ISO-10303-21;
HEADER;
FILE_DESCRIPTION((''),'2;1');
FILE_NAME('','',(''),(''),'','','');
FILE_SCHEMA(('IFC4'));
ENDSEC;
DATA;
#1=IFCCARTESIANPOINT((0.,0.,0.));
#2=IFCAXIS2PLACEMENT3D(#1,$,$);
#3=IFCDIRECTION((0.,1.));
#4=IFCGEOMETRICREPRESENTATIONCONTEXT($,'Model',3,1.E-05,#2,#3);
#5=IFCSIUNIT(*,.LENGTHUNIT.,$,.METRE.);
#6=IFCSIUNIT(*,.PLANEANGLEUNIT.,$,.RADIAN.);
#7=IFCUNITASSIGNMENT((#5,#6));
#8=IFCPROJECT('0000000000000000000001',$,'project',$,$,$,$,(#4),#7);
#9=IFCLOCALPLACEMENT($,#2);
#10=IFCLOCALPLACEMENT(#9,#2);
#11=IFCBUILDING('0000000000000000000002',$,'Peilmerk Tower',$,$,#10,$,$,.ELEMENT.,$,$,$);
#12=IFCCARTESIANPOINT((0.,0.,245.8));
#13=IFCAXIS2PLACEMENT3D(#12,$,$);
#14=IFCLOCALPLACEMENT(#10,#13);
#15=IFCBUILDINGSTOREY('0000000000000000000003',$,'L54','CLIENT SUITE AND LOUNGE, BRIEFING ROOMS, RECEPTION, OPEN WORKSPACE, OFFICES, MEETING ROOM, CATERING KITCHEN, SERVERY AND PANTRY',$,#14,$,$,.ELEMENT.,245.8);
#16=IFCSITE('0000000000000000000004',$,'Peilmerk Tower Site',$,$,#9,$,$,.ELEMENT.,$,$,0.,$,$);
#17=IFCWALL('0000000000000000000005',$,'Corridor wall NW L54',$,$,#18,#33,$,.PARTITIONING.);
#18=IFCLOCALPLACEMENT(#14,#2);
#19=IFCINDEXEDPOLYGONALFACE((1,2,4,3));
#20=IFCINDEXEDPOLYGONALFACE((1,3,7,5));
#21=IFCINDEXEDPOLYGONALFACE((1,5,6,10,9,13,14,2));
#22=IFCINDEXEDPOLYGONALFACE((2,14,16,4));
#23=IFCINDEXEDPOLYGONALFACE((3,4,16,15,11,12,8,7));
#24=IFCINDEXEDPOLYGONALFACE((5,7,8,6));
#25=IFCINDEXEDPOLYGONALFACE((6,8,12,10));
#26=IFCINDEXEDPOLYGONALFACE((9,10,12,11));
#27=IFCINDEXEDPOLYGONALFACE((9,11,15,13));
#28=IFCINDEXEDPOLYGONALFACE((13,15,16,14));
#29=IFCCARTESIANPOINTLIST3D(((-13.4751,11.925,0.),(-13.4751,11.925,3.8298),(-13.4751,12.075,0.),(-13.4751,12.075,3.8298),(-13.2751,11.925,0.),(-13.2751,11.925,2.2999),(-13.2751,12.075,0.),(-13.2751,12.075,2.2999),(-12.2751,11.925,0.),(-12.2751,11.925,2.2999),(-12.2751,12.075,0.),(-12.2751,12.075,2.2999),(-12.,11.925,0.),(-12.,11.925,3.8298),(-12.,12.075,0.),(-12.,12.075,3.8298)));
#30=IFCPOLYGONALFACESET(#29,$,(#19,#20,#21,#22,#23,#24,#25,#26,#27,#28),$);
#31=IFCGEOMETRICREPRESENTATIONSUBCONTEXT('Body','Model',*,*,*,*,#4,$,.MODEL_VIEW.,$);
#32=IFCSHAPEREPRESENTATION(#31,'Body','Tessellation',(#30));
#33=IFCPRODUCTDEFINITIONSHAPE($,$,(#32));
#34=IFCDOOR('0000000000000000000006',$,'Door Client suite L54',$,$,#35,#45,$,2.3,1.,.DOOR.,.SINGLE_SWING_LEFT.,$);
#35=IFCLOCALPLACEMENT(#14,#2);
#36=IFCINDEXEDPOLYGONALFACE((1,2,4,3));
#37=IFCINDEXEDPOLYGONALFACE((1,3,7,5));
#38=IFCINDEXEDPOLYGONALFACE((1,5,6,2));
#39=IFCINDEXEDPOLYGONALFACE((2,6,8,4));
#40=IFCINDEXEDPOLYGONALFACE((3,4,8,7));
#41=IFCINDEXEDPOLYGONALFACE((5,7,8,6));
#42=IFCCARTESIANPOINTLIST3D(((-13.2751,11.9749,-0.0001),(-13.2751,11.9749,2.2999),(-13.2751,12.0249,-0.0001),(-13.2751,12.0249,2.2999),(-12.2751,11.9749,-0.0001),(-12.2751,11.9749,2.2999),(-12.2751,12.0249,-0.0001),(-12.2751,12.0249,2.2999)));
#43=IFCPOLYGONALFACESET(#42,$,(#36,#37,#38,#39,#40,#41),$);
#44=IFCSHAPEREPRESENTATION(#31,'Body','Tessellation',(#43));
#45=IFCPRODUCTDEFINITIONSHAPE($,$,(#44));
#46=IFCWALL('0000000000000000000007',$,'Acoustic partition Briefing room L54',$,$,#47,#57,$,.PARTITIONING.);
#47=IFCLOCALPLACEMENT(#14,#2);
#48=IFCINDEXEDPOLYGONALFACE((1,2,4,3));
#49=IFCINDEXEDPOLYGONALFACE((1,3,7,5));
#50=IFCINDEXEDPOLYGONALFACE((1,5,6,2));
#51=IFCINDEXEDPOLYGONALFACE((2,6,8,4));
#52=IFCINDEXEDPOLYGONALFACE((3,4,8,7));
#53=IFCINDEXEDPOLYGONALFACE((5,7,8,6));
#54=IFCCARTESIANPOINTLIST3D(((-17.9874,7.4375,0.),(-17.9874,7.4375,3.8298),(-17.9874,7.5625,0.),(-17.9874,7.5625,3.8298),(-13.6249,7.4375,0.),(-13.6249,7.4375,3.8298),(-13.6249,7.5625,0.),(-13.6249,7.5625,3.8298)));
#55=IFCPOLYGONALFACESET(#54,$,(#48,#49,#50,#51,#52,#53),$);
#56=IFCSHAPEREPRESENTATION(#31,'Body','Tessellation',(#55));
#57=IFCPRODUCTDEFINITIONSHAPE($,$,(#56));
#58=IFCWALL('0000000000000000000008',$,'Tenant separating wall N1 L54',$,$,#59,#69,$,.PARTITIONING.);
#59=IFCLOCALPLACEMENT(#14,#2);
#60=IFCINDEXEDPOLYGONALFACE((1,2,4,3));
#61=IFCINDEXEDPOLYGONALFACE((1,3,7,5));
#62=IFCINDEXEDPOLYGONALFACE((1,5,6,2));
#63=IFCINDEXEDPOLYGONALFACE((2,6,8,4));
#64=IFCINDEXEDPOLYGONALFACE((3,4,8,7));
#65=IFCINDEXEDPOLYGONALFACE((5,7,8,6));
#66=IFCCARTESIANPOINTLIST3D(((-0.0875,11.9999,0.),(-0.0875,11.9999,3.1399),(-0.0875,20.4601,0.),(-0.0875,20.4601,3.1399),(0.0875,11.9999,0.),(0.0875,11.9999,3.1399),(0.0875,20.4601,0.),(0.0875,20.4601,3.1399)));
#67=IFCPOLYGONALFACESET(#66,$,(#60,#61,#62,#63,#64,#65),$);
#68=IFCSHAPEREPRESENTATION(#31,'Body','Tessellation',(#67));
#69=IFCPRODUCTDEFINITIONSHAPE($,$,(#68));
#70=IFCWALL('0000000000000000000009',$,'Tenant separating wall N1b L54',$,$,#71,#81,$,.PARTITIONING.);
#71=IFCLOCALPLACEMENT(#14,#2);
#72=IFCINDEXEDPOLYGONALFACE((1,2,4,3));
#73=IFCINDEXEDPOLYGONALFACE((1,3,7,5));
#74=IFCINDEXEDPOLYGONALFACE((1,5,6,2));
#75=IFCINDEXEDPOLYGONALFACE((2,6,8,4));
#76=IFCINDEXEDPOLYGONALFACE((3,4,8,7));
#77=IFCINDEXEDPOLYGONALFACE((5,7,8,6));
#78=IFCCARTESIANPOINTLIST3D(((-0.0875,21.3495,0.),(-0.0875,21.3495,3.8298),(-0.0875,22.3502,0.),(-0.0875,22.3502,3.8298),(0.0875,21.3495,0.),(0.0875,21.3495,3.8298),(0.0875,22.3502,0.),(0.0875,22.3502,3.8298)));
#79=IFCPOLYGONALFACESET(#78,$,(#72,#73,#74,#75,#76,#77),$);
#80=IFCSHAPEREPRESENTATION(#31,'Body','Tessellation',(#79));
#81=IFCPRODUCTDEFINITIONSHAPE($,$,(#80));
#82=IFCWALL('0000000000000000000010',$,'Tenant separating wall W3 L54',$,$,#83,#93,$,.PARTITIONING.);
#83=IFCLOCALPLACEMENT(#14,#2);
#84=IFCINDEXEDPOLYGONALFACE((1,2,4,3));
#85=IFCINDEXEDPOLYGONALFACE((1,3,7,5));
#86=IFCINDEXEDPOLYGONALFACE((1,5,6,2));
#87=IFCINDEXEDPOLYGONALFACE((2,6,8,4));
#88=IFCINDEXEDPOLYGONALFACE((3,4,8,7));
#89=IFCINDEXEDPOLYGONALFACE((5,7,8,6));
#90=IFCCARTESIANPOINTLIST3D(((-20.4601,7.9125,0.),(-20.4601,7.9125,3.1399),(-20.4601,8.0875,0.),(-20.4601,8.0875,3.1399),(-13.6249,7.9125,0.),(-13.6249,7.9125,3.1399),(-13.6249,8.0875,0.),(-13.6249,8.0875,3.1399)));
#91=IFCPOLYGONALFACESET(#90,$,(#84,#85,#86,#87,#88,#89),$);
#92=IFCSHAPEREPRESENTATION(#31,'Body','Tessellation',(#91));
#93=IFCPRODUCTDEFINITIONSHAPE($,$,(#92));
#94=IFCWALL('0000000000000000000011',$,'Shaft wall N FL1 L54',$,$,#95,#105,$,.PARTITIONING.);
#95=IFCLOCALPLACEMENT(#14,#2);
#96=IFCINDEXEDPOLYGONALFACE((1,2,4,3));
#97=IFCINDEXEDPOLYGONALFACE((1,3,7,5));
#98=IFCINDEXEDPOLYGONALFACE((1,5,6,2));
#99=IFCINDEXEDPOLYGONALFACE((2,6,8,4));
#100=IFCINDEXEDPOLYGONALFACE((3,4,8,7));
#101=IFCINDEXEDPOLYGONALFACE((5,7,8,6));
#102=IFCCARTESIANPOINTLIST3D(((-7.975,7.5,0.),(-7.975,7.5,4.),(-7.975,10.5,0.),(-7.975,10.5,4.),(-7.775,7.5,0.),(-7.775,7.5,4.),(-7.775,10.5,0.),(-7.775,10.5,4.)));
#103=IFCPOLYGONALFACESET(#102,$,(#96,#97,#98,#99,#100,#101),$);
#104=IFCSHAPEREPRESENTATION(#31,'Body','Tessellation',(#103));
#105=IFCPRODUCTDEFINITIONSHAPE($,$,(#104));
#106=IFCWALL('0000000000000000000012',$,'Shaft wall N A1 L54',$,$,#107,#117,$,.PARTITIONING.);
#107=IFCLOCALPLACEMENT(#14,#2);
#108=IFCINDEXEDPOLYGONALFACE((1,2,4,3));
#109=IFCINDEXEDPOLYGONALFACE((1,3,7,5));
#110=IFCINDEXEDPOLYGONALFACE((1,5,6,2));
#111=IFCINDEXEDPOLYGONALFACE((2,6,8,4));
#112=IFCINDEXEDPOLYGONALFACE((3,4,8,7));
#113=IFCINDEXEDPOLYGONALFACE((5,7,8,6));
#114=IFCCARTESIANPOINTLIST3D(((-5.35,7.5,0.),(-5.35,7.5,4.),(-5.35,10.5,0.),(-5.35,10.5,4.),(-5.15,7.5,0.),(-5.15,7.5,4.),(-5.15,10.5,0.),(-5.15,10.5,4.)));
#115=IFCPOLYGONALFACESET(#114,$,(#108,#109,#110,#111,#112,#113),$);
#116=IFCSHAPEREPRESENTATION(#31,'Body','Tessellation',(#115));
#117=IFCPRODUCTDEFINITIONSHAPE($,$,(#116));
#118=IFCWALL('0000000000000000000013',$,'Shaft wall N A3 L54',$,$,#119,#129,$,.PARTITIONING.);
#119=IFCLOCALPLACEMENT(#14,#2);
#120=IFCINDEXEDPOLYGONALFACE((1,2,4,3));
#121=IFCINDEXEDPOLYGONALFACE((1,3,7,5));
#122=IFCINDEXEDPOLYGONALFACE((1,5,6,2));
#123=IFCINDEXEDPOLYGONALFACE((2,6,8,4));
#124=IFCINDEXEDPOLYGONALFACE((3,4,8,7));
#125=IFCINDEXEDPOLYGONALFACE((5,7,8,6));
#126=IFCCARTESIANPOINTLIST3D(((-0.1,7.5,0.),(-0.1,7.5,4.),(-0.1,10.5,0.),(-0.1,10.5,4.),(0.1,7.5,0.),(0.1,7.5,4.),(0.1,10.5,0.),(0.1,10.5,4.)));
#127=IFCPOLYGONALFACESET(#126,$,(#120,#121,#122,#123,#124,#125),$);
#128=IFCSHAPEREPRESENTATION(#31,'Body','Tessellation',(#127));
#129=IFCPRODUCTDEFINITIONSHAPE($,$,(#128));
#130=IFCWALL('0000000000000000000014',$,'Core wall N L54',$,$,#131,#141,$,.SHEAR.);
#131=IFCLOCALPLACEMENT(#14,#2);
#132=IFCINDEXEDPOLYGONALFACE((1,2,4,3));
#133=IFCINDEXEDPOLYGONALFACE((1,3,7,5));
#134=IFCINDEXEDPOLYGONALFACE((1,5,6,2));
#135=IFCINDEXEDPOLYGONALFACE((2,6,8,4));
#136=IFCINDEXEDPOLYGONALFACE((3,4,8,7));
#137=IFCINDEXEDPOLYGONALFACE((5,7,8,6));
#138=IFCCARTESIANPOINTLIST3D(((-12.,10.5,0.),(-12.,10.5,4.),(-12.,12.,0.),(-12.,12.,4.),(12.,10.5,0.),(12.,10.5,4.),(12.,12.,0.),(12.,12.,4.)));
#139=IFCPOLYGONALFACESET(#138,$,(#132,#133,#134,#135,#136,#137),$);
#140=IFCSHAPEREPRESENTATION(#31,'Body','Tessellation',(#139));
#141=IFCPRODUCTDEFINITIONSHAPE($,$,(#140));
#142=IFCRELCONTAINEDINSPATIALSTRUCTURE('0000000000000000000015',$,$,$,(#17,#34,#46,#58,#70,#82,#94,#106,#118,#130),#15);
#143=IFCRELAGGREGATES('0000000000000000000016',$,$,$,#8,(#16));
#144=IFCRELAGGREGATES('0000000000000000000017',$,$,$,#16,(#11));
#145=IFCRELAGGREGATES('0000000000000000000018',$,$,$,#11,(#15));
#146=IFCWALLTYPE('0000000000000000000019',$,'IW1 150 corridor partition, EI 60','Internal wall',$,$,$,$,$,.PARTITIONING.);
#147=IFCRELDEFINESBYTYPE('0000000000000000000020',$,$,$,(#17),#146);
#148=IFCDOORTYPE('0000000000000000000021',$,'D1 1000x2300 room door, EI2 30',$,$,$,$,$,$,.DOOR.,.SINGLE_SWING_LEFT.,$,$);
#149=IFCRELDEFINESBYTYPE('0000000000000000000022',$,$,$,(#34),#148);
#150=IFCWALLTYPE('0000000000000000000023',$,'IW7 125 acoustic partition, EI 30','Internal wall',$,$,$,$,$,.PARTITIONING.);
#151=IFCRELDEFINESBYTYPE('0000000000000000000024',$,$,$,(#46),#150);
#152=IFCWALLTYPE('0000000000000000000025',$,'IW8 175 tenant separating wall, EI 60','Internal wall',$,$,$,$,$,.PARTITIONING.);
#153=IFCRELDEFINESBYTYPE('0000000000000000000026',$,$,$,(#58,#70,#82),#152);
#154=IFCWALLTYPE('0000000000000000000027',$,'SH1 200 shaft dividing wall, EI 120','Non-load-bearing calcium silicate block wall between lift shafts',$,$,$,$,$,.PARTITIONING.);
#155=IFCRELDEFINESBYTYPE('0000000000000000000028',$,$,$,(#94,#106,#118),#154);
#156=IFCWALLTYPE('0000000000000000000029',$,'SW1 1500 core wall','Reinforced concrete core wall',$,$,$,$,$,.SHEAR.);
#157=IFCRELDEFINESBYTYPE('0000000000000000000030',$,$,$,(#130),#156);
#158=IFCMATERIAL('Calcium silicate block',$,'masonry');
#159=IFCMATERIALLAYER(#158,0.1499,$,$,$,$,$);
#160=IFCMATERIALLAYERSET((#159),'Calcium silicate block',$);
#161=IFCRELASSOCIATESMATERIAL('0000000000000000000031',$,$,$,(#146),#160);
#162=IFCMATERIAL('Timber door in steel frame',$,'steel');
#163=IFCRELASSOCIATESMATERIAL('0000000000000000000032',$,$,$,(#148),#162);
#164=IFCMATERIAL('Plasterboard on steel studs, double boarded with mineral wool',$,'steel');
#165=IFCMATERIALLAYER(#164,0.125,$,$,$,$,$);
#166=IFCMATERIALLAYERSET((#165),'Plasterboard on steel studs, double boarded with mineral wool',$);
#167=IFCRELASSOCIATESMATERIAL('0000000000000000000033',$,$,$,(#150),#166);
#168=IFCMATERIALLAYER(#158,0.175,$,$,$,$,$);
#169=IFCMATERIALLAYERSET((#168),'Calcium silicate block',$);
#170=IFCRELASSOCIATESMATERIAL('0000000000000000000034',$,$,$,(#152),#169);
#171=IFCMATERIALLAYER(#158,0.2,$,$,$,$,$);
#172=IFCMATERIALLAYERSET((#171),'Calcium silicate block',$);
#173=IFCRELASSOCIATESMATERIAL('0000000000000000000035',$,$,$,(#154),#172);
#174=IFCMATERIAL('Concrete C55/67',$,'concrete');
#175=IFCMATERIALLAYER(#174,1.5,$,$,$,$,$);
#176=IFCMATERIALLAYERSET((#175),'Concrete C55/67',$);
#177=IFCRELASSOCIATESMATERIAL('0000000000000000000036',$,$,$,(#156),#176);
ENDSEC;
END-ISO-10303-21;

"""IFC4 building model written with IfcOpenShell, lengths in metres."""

from ifc_helpers import new_model, si_unit, direction, frame, frame_2d, origin, place, context, subcontext, project, spatial, rectangle, extrude, material, layer, layer_set, type_object, element, fill, save


model = new_model("IFC4")

# Units and contexts
model_context = context("Model", 3, precision=1e-05, world=origin(), true_north=direction((0.0, 1.0)))
body_context = subcontext(model_context, "Body", "Model", "MODEL_VIEW")
ifc_project = project(units=[si_unit("LENGTHUNIT", "METRE"), si_unit("PLANEANGLEUNIT", "RADIAN")], contexts=[model_context])

# Site, building, storey
site_placement = place(None, origin())
site = spatial("IfcSite", under=ifc_project, at=site_placement, Name="Peilmerk Tower Site", CompositionType="ELEMENT", RefElevation=0.0)
building_placement = place(site_placement, origin())
building = spatial("IfcBuilding", under=site, at=building_placement, Name="Peilmerk Tower", CompositionType="ELEMENT")
storey_placement = place(building_placement, frame((0.0, 0.0, 245.8)))
storey = spatial("IfcBuildingStorey", under=building, at=storey_placement, Name="L54", Description="CLIENT SUITE AND LOUNGE, BRIEFING ROOMS, RECEPTION, OPEN WORKSPACE, OFFICES, MEETING ROOM, CATERING KITCHEN, SERVERY AND PANTRY", CompositionType="ELEMENT", Elevation=245.8)

# Shared definitions
ifc_material_1 = material(Name="Calcium silicate block", Category="masonry")
ifc_layer_1 = layer(ifc_material_1, 0.1499)
ifc_layer_set_1 = layer_set([ifc_layer_1], Name="Calcium silicate block")
wall_type_1 = type_object("IfcWallType", Name="IW1 150 corridor partition, EI 60", Description="Internal wall", PredefinedType="PARTITIONING", material=ifc_layer_set_1)
ifc_material_2 = material(Name="Timber door in steel frame", Category="steel")
door_type_1 = type_object("IfcDoorType", Name="D1 1000x2300 room door, EI2 30", OperationType="SINGLE_SWING_LEFT", PredefinedType="DOOR", material=ifc_material_2)

# Wall, opening, door
wall_1_placement = place(storey_placement, frame((-13.4751, 12.0, 0.0), z_axis=(0.0, 0.0, 1.0), x_axis=(1.0, 0.0, 0.0)))
wall_1 = element("IfcWall", 1, at=wall_1_placement, inside=storey, type_object=wall_type_1, Name="Corridor wall NW L54", PredefinedType="PARTITIONING", context=body_context, shape_type="SweptSolid", body=[
    extrude(rectangle(XDim=1.4751, YDim=0.1499, at=frame_2d((0.7375, 0.0))), origin(), (0.0, 0.0, 1.0), 3.8298),
])
opening_1_placement = place(wall_1_placement, frame((0.2, 0.0, 0.0)))
opening_1 = element("IfcOpeningElement", 2, at=opening_1_placement, cuts=wall_1, PredefinedType="OPENING", context=body_context, shape_type="SweptSolid", body=[
    extrude(rectangle(XDim=1.0, YDim=2.3, at=frame_2d((0.5, 1.1499))), frame((0.0, 0.085, 0.0), z_axis=(0.0, -1.0, 0.0), x_axis=(1.0, 0.0, 0.0)), (0.0, 0.0, 1.0), 0.1699),
])
door_1_placement = place(opening_1_placement, origin())
door_1 = element("IfcDoor", 3, at=door_1_placement, inside=storey, type_object=door_type_1, Name="Door Client suite L54", OperationType="SINGLE_SWING_LEFT", OverallHeight=2.3, OverallWidth=1.0, PredefinedType="DOOR", context=body_context, shape_type="SweptSolid", body=[
    extrude(rectangle(XDim=1.0, YDim=2.3, at=frame_2d((0.5, 1.1499))), frame((0.0, 0.0249, 0.0), z_axis=(0.0, -1.0, 0.0), x_axis=(1.0, 0.0, 0.0)), (0.0, 0.0, 1.0), 0.05),
])
fill(opening_1, door_1)

# Walls
ifc_material_3 = material(Name="Plasterboard on steel studs, double boarded with mineral wool", Category="steel")
ifc_layer_2 = layer(ifc_material_3, 0.125)
ifc_layer_set_2 = layer_set([ifc_layer_2], Name="Plasterboard on steel studs, double boarded with mineral wool")
wall_type_2 = type_object("IfcWallType", Name="IW7 125 acoustic partition, EI 30", Description="Internal wall", PredefinedType="PARTITIONING", material=ifc_layer_set_2)
wall_2_placement = place(storey_placement, frame((-13.625, 7.5, 0.0), z_axis=(0.0, 0.0, 1.0), x_axis=(-1.0, 0.0, 0.0)))
element("IfcWall", 4, at=wall_2_placement, inside=storey, type_object=wall_type_2, Name="Acoustic partition Briefing room L54", PredefinedType="PARTITIONING", context=body_context, shape_type="SweptSolid", body=[
    extrude(rectangle(XDim=4.3625, YDim=0.125, at=frame_2d((2.1812, 0.0))), origin(), (0.0, 0.0, 1.0), 3.8298),
])
ifc_layer_3 = layer(ifc_material_1, 0.175)
ifc_layer_set_3 = layer_set([ifc_layer_3], Name="Calcium silicate block")
wall_type_3 = type_object("IfcWallType", Name="IW8 175 tenant separating wall, EI 60", Description="Internal wall", PredefinedType="PARTITIONING", material=ifc_layer_set_3)
wall_3_placement = place(storey_placement, frame((0.0, 12.0, 0.0), z_axis=(0.0, 0.0, 1.0), x_axis=(0.0, 1.0, 0.0)))
element("IfcWall", 5, at=wall_3_placement, inside=storey, type_object=wall_type_3, Name="Tenant separating wall N1 L54", PredefinedType="PARTITIONING", context=body_context, shape_type="SweptSolid", body=[
    extrude(rectangle(XDim=8.4602, YDim=0.175, at=frame_2d((4.23, 0.0))), origin(), (0.0, 0.0, 1.0), 3.1399),
])
wall_4_placement = place(storey_placement, frame((0.0, 21.3494, 0.0), z_axis=(0.0, 0.0, 1.0), x_axis=(0.0, 1.0, 0.0)))
element("IfcWall", 6, at=wall_4_placement, inside=storey, type_object=wall_type_3, Name="Tenant separating wall N1b L54", PredefinedType="PARTITIONING", context=body_context, shape_type="SweptSolid", body=[
    extrude(rectangle(XDim=1.0007, YDim=0.175, at=frame_2d((0.5005, 0.0))), origin(), (0.0, 0.0, 1.0), 3.8298),
])
wall_5_placement = place(storey_placement, frame((-13.625, 8.0, 0.0), z_axis=(0.0, 0.0, 1.0), x_axis=(-1.0, 0.0, 0.0)))
element("IfcWall", 7, at=wall_5_placement, inside=storey, type_object=wall_type_3, Name="Tenant separating wall W3 L54", PredefinedType="PARTITIONING", context=body_context, shape_type="SweptSolid", body=[
    extrude(rectangle(XDim=6.8352, YDim=0.175, at=frame_2d((3.4175, 0.0))), origin(), (0.0, 0.0, 1.0), 3.1399),
])
ifc_layer_4 = layer(ifc_material_1, 0.2)
ifc_layer_set_4 = layer_set([ifc_layer_4], Name="Calcium silicate block")
wall_type_4 = type_object("IfcWallType", Name="SH1 200 shaft dividing wall, EI 120", Description="Non-load-bearing calcium silicate block wall between lift shafts", PredefinedType="PARTITIONING", material=ifc_layer_set_4)
for number, where, z_axis, x_axis, name in (
    (8, (-7.875, 7.5, 0.0), (0.0, 0.0, 1.0), (0.0, 1.0, 0.0), "Shaft wall N FL1 L54"),
    (9, (-5.25, 7.5, 0.0), (0.0, 0.0, 1.0), (0.0, 1.0, 0.0), "Shaft wall N A1 L54"),
    (10, (0.0, 7.5, 0.0), (0.0, 0.0, 1.0), (0.0, 1.0, 0.0), "Shaft wall N A3 L54"),
):
    element("IfcWall", number, at=place(storey_placement, frame(where, z_axis=z_axis, x_axis=x_axis)), inside=storey, type_object=wall_type_4, Name=name, PredefinedType="PARTITIONING", context=body_context, shape_type="SweptSolid", body=[
        extrude(rectangle(XDim=3.0, YDim=0.2, at=frame_2d((1.5, 0.0))), origin(), (0.0, 0.0, 1.0), 4.0),
    ])
ifc_material_4 = material(Name="Concrete C55/67", Category="concrete")
ifc_layer_5 = layer(ifc_material_4, 1.5)
ifc_layer_set_5 = layer_set([ifc_layer_5], Name="Concrete C55/67")
wall_type_5 = type_object("IfcWallType", Name="SW1 1500 core wall", Description="Reinforced concrete core wall", PredefinedType="SHEAR", material=ifc_layer_set_5)
wall_6_placement = place(storey_placement, frame((-12.0, 11.25, 0.0), z_axis=(0.0, 0.0, 1.0), x_axis=(1.0, 0.0, 0.0)))
element("IfcWall", 11, at=wall_6_placement, inside=storey, type_object=wall_type_5, Name="Core wall N L54", PredefinedType="SHEAR", context=body_context, shape_type="SweptSolid", body=[
    extrude(rectangle(XDim=24.0, YDim=1.5, at=frame_2d((12.0, 0.0))), origin(), (0.0, 0.0, 1.0), 4.0),
])

save(model, "model.ifc")
